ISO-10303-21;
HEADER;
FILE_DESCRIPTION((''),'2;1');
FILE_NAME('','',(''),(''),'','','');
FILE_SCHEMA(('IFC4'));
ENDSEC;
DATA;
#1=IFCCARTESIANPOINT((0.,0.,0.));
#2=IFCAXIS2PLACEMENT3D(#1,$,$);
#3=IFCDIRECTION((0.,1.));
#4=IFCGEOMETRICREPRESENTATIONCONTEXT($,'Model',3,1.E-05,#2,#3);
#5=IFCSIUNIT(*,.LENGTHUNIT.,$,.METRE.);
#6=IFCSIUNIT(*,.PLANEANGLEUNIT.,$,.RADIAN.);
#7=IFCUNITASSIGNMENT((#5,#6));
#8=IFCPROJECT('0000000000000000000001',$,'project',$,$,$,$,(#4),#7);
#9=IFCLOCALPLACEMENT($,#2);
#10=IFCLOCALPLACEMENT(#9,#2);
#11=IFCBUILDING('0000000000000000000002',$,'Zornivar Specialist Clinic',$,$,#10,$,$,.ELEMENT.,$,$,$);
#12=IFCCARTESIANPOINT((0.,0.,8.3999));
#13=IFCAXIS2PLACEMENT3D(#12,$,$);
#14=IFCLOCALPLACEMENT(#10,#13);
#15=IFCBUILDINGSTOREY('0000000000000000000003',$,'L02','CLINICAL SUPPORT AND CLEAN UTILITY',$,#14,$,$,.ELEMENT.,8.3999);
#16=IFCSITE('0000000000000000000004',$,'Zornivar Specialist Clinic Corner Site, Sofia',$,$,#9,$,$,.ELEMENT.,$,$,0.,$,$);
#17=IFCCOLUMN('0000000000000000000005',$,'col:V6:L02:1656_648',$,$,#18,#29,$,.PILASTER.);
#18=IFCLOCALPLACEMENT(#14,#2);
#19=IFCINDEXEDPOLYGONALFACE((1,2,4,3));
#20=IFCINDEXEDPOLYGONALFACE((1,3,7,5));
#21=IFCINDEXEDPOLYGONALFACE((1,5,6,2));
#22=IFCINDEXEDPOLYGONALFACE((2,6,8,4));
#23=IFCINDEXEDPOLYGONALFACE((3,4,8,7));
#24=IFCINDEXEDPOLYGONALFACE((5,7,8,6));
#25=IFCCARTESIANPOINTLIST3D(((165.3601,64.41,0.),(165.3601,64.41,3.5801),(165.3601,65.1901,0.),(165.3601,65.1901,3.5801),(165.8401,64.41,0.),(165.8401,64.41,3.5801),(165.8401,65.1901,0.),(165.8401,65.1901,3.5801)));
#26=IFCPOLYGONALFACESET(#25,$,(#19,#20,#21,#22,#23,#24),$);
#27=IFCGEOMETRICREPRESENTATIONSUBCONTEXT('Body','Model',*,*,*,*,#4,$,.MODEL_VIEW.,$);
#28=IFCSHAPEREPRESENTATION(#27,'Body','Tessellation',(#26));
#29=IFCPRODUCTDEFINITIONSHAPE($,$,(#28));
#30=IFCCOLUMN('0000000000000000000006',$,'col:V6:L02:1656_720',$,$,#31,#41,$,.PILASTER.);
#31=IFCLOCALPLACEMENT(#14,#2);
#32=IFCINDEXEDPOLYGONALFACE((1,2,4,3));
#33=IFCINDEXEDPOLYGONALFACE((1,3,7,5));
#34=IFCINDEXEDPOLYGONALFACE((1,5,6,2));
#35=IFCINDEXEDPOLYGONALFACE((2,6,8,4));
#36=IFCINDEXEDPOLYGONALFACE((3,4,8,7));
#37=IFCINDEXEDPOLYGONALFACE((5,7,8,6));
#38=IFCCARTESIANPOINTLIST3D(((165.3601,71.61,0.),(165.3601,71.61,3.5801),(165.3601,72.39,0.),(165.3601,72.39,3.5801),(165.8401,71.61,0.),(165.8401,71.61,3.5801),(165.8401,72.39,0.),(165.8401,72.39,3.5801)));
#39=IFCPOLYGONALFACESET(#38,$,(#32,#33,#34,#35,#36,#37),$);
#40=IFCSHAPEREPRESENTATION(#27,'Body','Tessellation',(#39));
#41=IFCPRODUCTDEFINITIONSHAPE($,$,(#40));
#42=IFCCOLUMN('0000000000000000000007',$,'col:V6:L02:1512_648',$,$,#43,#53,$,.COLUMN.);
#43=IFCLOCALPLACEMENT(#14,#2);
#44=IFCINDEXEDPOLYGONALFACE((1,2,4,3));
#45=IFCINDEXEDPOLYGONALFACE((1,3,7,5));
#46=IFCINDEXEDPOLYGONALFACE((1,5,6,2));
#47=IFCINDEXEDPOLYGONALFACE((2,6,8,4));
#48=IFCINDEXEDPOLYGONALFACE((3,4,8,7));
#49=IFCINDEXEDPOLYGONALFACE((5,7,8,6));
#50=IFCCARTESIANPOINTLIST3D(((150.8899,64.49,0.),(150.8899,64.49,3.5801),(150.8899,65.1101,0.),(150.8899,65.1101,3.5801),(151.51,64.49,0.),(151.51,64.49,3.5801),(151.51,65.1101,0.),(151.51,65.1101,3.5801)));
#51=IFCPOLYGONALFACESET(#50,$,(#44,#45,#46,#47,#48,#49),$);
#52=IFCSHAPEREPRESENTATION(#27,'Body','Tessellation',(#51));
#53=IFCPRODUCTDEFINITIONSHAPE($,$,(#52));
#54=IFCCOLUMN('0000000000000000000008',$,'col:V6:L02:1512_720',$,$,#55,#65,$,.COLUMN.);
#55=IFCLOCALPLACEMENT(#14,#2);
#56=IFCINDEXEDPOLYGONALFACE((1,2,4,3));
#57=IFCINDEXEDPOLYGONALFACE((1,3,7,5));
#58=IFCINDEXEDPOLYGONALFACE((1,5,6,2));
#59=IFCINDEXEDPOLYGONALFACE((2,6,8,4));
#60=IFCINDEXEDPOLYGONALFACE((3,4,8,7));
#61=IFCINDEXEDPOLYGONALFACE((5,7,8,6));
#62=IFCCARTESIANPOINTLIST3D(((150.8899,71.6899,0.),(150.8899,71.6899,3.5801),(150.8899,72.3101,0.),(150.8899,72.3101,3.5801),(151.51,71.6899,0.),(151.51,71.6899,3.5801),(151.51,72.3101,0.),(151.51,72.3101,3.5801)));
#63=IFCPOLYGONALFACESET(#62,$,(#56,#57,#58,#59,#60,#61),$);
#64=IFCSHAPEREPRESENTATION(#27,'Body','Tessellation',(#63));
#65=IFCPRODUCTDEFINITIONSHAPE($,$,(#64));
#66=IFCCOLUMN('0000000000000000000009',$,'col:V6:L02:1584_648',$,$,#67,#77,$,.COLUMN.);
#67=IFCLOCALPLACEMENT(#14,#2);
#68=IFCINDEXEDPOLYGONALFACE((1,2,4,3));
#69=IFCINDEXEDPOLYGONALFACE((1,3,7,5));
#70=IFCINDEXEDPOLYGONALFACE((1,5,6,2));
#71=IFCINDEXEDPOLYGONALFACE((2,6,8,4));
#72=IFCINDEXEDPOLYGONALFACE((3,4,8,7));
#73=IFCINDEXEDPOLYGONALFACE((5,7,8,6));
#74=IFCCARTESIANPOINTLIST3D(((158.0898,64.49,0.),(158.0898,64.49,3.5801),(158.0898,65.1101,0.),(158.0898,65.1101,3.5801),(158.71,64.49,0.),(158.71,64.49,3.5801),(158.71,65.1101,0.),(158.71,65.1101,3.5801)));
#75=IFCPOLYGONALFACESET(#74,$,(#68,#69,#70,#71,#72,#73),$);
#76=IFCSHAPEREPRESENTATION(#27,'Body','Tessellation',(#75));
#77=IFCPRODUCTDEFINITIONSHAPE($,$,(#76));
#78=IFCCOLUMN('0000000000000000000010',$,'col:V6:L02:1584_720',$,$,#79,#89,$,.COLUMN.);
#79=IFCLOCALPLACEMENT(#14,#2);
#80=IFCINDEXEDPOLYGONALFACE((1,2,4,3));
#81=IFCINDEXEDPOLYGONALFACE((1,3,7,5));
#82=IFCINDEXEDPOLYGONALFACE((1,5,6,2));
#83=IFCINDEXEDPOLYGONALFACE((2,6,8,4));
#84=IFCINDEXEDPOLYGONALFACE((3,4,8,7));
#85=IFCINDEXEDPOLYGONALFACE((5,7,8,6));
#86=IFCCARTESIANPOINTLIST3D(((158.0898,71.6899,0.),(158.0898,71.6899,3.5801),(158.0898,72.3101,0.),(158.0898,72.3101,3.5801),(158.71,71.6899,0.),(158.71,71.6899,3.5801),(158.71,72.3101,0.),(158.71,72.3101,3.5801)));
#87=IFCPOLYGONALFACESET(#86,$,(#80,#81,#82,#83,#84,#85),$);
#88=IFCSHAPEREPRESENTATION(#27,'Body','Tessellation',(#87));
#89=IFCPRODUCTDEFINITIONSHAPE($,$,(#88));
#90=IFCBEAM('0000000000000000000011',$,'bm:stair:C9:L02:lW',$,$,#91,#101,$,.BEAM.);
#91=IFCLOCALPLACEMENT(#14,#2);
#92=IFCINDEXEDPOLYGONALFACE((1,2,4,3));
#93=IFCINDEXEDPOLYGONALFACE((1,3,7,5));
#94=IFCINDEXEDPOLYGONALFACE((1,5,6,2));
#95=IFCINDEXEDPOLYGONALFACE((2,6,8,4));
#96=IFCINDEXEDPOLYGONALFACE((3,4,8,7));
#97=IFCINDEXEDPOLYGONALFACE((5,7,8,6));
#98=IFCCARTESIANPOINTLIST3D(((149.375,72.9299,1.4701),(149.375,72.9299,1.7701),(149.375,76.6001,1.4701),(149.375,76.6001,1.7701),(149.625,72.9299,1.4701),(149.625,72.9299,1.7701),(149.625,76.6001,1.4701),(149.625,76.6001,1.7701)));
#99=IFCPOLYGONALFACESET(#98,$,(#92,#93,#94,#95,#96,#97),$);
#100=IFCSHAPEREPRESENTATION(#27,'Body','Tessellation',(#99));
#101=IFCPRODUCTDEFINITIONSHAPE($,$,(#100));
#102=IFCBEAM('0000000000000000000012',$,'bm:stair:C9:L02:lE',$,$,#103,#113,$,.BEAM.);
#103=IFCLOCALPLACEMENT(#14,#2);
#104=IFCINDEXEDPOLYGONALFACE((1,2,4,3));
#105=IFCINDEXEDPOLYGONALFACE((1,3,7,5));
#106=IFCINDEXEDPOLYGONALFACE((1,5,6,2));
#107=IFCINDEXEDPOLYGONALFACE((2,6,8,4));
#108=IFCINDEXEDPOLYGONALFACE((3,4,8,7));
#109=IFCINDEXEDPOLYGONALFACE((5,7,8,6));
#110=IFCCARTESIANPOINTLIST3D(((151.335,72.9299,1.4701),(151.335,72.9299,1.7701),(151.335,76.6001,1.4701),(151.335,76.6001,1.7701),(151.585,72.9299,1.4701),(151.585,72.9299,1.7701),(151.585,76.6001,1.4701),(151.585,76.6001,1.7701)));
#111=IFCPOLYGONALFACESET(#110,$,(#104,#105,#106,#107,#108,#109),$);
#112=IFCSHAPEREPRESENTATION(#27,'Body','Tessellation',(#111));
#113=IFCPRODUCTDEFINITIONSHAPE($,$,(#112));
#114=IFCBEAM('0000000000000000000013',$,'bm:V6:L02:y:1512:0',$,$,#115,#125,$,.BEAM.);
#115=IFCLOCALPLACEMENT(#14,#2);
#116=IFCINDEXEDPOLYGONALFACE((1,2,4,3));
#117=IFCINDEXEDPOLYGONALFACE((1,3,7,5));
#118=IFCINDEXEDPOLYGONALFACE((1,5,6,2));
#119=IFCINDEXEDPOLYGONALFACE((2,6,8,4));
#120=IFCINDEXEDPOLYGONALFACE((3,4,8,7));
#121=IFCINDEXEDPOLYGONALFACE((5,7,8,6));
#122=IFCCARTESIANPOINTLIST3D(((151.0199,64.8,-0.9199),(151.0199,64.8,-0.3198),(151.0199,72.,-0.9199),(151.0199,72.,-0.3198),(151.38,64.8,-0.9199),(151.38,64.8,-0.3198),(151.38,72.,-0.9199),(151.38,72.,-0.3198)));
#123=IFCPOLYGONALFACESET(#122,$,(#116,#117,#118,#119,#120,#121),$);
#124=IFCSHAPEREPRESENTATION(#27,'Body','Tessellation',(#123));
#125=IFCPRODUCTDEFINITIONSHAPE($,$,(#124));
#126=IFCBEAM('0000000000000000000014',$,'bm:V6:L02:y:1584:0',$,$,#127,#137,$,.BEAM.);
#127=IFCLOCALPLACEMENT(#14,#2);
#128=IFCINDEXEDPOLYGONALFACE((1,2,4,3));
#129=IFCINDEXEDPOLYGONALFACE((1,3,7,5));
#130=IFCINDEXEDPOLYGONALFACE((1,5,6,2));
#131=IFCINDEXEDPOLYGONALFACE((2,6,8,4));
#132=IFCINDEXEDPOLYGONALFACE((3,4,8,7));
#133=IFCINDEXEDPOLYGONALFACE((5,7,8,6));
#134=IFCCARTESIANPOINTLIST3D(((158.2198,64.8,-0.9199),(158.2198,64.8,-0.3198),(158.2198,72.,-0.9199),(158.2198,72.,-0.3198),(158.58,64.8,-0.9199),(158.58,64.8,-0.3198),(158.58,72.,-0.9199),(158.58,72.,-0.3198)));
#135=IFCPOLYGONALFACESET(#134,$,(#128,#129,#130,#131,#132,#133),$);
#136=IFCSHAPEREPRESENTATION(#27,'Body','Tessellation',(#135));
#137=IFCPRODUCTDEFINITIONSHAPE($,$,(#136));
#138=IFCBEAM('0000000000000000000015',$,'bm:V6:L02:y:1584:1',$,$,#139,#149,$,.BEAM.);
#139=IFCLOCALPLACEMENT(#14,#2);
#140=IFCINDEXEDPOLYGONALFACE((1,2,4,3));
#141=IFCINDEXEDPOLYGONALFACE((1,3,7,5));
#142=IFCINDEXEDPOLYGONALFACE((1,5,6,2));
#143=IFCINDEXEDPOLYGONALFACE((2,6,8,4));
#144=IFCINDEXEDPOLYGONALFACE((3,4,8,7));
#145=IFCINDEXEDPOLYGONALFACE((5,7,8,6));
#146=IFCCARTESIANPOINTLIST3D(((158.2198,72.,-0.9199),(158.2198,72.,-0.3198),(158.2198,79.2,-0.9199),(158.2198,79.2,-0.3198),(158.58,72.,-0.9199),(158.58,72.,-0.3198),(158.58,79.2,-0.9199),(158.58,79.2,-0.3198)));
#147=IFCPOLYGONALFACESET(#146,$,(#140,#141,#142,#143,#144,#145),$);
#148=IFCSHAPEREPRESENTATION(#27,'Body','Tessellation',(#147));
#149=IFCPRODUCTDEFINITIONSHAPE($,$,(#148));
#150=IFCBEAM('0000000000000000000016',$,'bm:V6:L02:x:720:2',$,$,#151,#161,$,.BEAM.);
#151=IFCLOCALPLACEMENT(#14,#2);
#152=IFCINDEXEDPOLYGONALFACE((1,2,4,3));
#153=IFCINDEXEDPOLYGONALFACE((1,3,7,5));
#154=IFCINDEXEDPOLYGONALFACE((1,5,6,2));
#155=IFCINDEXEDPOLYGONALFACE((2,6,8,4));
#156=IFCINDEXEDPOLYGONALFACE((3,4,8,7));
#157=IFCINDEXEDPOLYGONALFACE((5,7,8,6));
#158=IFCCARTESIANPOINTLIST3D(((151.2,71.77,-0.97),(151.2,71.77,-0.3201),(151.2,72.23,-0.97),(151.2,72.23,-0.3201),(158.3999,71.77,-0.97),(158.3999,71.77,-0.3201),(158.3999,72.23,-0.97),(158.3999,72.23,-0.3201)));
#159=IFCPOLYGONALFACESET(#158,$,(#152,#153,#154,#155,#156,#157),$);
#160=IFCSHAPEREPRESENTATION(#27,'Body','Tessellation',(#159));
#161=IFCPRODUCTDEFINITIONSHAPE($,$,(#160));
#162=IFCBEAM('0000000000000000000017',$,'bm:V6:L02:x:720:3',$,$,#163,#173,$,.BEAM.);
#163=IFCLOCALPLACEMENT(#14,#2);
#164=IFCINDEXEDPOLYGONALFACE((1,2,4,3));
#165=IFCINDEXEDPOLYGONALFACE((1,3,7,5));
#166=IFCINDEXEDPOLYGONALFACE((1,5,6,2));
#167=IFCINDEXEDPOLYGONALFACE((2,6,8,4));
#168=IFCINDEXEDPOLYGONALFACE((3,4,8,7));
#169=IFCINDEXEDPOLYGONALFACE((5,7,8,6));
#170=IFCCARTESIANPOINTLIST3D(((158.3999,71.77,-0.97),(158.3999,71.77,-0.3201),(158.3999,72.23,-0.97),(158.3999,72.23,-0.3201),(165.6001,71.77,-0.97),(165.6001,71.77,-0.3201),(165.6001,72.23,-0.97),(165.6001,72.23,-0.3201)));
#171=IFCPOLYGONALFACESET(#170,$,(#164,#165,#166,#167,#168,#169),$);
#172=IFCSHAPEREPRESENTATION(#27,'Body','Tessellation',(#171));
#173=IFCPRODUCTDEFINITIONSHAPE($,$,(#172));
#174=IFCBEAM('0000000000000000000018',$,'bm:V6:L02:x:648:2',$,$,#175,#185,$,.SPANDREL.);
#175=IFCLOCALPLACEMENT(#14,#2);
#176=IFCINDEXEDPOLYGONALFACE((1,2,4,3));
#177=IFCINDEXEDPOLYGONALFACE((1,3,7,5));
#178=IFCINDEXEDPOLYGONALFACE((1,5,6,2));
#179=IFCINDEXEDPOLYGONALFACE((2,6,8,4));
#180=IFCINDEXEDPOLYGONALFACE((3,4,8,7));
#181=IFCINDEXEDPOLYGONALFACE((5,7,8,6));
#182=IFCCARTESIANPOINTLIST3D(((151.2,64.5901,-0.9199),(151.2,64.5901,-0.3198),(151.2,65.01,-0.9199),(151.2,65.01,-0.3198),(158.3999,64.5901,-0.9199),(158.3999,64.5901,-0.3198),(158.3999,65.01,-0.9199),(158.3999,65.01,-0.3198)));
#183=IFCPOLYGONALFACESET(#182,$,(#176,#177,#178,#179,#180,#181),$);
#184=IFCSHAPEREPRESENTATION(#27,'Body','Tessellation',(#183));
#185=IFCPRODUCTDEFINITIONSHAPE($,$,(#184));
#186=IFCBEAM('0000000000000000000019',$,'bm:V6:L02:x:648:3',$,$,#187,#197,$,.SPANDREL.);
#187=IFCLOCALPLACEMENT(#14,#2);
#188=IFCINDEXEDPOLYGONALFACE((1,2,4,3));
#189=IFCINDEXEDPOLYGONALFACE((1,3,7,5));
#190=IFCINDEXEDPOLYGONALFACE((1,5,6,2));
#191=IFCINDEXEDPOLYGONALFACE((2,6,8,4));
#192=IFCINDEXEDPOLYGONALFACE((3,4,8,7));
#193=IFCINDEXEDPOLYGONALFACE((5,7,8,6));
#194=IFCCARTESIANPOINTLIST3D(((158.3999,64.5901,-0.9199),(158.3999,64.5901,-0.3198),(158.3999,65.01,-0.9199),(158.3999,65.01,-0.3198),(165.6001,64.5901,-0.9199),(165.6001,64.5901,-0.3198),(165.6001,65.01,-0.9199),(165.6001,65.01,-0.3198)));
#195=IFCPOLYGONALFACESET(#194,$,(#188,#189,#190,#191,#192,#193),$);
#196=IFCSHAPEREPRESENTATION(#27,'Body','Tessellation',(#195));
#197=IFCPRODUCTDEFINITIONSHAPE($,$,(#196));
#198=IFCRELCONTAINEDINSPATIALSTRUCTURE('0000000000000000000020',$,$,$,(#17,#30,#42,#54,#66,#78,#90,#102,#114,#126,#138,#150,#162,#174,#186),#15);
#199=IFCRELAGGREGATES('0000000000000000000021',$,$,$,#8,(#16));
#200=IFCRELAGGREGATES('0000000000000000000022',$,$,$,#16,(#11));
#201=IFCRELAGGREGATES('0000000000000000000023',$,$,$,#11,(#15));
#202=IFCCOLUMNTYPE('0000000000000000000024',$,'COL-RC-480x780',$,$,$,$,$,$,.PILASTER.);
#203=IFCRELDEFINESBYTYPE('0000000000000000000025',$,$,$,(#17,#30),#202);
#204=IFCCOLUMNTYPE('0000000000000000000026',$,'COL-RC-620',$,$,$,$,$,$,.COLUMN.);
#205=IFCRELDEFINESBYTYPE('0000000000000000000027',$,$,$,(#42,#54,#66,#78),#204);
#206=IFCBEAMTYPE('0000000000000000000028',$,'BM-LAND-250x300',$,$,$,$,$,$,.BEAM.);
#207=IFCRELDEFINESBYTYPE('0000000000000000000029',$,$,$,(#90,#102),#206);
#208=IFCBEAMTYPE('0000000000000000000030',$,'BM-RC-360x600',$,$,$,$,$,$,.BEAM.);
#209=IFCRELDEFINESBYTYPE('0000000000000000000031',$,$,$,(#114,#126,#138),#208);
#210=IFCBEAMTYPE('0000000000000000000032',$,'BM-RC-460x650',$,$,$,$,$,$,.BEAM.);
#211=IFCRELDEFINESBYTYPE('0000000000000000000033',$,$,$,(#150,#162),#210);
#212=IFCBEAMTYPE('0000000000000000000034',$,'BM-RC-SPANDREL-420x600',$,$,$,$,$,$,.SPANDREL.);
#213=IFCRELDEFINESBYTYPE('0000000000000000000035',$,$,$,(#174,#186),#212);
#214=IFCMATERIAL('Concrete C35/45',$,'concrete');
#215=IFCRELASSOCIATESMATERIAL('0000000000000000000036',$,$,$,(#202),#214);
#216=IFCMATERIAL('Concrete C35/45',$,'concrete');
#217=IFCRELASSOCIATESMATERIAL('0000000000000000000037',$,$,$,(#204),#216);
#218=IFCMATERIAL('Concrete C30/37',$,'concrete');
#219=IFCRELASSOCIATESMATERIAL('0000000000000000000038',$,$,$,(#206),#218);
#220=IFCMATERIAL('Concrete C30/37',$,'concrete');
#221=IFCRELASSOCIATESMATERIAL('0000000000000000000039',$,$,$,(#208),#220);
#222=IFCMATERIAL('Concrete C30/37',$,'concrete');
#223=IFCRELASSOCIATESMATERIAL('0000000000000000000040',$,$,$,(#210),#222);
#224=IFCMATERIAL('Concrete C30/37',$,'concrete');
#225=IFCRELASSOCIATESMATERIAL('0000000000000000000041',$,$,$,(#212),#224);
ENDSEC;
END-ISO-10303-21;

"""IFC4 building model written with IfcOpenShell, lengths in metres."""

from ifc_helpers import new_model, si_unit, direction, frame, origin, origin_2d, place, context, subcontext, project, spatial, rectangle, extrude, material, material_profile, profile_set, type_object, element, save


model = new_model("IFC4")

# Units and contexts
model_context = context("Model", 3, precision=1e-05, world=origin(), true_north=direction((0.0, 1.0)))
body_context = subcontext(model_context, "Body", "Model", "MODEL_VIEW")
ifc_project = project(units=[si_unit("LENGTHUNIT", "METRE"), si_unit("PLANEANGLEUNIT", "RADIAN")], contexts=[model_context])

# Site, building, storey
site_placement = place(None, origin())
site = spatial("IfcSite", under=ifc_project, at=site_placement, Name="Zornivar Specialist Clinic Corner Site, Sofia", CompositionType="ELEMENT", RefElevation=0.0)
building_placement = place(site_placement, origin())
building = spatial("IfcBuilding", under=site, at=building_placement, Name="Zornivar Specialist Clinic", CompositionType="ELEMENT")
storey_placement = place(building_placement, frame((0.0, 0.0, 8.3999)))
storey = spatial("IfcBuildingStorey", under=building, at=storey_placement, Name="L02", Description="CLINICAL SUPPORT AND CLEAN UTILITY", CompositionType="ELEMENT", Elevation=8.3999)

# Columns
ifc_material_1 = material(Name="Concrete C35/45", Category="concrete")
ifc_material_profile_1 = material_profile(ifc_material_1, rectangle(XDim=0.48, YDim=0.78, at=origin_2d()), Name="RC 480x780")
ifc_profile_set_1 = profile_set([ifc_material_profile_1], Name="Concrete C35/45")
column_type_1 = type_object("IfcColumnType", Name="COL-RC-480x780", PredefinedType="PILASTER", material=ifc_profile_set_1)
for number, where, z_axis, x_axis, name in (
    (1, (165.6001, 64.8, 0.0), (0.0, 0.0, 1.0), (1.0, 0.0, 0.0), "col:V6:L02:1656_648"),
    (2, (165.6001, 72.0, 0.0), (0.0, 0.0, 1.0), (1.0, 0.0, 0.0), "col:V6:L02:1656_720"),
):
    element("IfcColumn", number, at=place(storey_placement, frame(where, z_axis=z_axis, x_axis=x_axis)), inside=storey, type_object=column_type_1, Name=name, PredefinedType="PILASTER", context=body_context, shape_type="SweptSolid", body=[
        extrude(rectangle(XDim=0.48, YDim=0.78, at=origin_2d()), origin(), (0.0, 0.0, 1.0), 3.5801),
    ])
ifc_material_2 = material(Name="Concrete C35/45", Category="concrete")
ifc_material_profile_2 = material_profile(ifc_material_2, rectangle(XDim=0.6201, YDim=0.6201, at=origin_2d()), Name="RC 620x620")
ifc_profile_set_2 = profile_set([ifc_material_profile_2], Name="Concrete C35/45")
column_type_2 = type_object("IfcColumnType", Name="COL-RC-620", PredefinedType="COLUMN", material=ifc_profile_set_2)
for number, where, z_axis, x_axis, name in (
    (3, (151.2, 64.8, 0.0), (0.0, 0.0, 1.0), (1.0, 0.0, 0.0), "col:V6:L02:1512_648"),
    (4, (151.2, 72.0, 0.0), (0.0, 0.0, 1.0), (1.0, 0.0, 0.0), "col:V6:L02:1512_720"),
    (5, (158.3999, 64.8, 0.0), (0.0, 0.0, 1.0), (1.0, 0.0, 0.0), "col:V6:L02:1584_648"),
    (6, (158.3999, 72.0, 0.0), (0.0, 0.0, 1.0), (1.0, 0.0, 0.0), "col:V6:L02:1584_720"),
):
    element("IfcColumn", number, at=place(storey_placement, frame(where, z_axis=z_axis, x_axis=x_axis)), inside=storey, type_object=column_type_2, Name=name, PredefinedType="COLUMN", context=body_context, shape_type="SweptSolid", body=[
        extrude(rectangle(XDim=0.6201, YDim=0.6201, at=origin_2d()), origin(), (0.0, 0.0, 1.0), 3.5801),
    ])

# Beams
ifc_material_3 = material(Name="Concrete C30/37", Category="concrete")
ifc_material_profile_3 = material_profile(ifc_material_3, rectangle(XDim=0.25, YDim=0.3, at=origin_2d()), Name="RC 250x300")
ifc_profile_set_3 = profile_set([ifc_material_profile_3], Name="Concrete C30/37")
beam_type_1 = type_object("IfcBeamType", Name="BM-LAND-250x300", PredefinedType="BEAM", material=ifc_profile_set_3)
for number, where, z_axis, x_axis, name in (
    (7, (149.5, 72.9299, 1.6201), (0.0, 1.0, 0.0), (-1.0, 0.0, 0.0), "bm:stair:C9:L02:lW"),
    (8, (151.46, 72.9299, 1.6201), (0.0, 1.0, 0.0), (-1.0, 0.0, 0.0), "bm:stair:C9:L02:lE"),
):
    element("IfcBeam", number, at=place(storey_placement, frame(where, z_axis=z_axis, x_axis=x_axis)), inside=storey, type_object=beam_type_1, Name=name, PredefinedType="BEAM", context=body_context, shape_type="SweptSolid", body=[
        extrude(rectangle(XDim=0.25, YDim=0.3, at=origin_2d()), origin(), (0.0, 0.0, 1.0), 3.6702),
    ])
ifc_material_4 = material(Name="Concrete C30/37", Category="concrete")
ifc_material_profile_4 = material_profile(ifc_material_4, rectangle(XDim=0.3601, YDim=0.6001, at=origin_2d()), Name="RC 360x600")
ifc_profile_set_4 = profile_set([ifc_material_profile_4], Name="Concrete C30/37")
beam_type_2 = type_object("IfcBeamType", Name="BM-RC-360x600", PredefinedType="BEAM", material=ifc_profile_set_4)
for number, where, z_axis, x_axis, name in (
    (9, (151.2, 64.8, -0.6199), (0.0, 1.0, 0.0), (-1.0, 0.0, 0.0), "bm:V6:L02:y:1512:0"),
    (10, (158.3999, 64.8, -0.6199), (0.0, 1.0, 0.0), (-1.0, 0.0, 0.0), "bm:V6:L02:y:1584:0"),
    (11, (158.3999, 72.0, -0.6199), (0.0, 1.0, 0.0), (-1.0, 0.0, 0.0), "bm:V6:L02:y:1584:1"),
):
    element("IfcBeam", number, at=place(storey_placement, frame(where, z_axis=z_axis, x_axis=x_axis)), inside=storey, type_object=beam_type_2, Name=name, PredefinedType="BEAM", context=body_context, shape_type="SweptSolid", body=[
        extrude(rectangle(XDim=0.3601, YDim=0.6001, at=origin_2d()), origin(), (0.0, 0.0, 1.0), 7.2),
    ])
ifc_material_5 = material(Name="Concrete C30/37", Category="concrete")
ifc_material_profile_5 = material_profile(ifc_material_5, rectangle(XDim=0.46, YDim=0.6499, at=origin_2d()), Name="RC 460x650")
ifc_profile_set_5 = profile_set([ifc_material_profile_5], Name="Concrete C30/37")
beam_type_3 = type_object("IfcBeamType", Name="BM-RC-460x650", PredefinedType="BEAM", material=ifc_profile_set_5)
beam_1_placement = place(storey_placement, frame((151.2, 72.0, -0.645), z_axis=(1.0, 0.0, 0.0), x_axis=(0.0, 1.0, 0.0)))
element("IfcBeam", 12, at=beam_1_placement, inside=storey, type_object=beam_type_3, Name="bm:V6:L02:x:720:2", PredefinedType="BEAM", context=body_context, shape_type="SweptSolid", body=[
    extrude(rectangle(XDim=0.46, YDim=0.6499, at=origin_2d()), origin(), (0.0, 0.0, 1.0), 7.2),
])
beam_2_placement = place(storey_placement, frame((158.3999, 72.0, -0.645), z_axis=(1.0, 0.0, 0.0), x_axis=(0.0, 1.0, 0.0)))
element("IfcBeam", 13, at=beam_2_placement, inside=storey, type_object=beam_type_3, Name="bm:V6:L02:x:720:3", PredefinedType="BEAM", context=body_context, shape_type="SweptSolid", body=[
    extrude(rectangle(XDim=0.46, YDim=0.6499, at=origin_2d()), origin(), (0.0, 0.0, 1.0), 7.2002),
])
ifc_material_6 = material(Name="Concrete C30/37", Category="concrete")
ifc_material_profile_6 = material_profile(ifc_material_6, rectangle(XDim=0.4199, YDim=0.6001, at=origin_2d()), Name="RC 420x600")
ifc_profile_set_6 = profile_set([ifc_material_profile_6], Name="Concrete C30/37")
beam_type_4 = type_object("IfcBeamType", Name="BM-RC-SPANDREL-420x600", PredefinedType="SPANDREL", material=ifc_profile_set_6)
beam_3_placement = place(storey_placement, frame((151.2, 64.8, -0.6199), z_axis=(1.0, 0.0, 0.0), x_axis=(0.0, 1.0, 0.0)))
element("IfcBeam", 14, at=beam_3_placement, inside=storey, type_object=beam_type_4, Name="bm:V6:L02:x:648:2", PredefinedType="SPANDREL", context=body_context, shape_type="SweptSolid", body=[
    extrude(rectangle(XDim=0.4199, YDim=0.6001, at=origin_2d()), origin(), (0.0, 0.0, 1.0), 7.2),
])
beam_4_placement = place(storey_placement, frame((158.3999, 64.8, -0.6199), z_axis=(1.0, 0.0, 0.0), x_axis=(0.0, 1.0, 0.0)))
element("IfcBeam", 15, at=beam_4_placement, inside=storey, type_object=beam_type_4, Name="bm:V6:L02:x:648:3", PredefinedType="SPANDREL", context=body_context, shape_type="SweptSolid", body=[
    extrude(rectangle(XDim=0.4199, YDim=0.6001, at=origin_2d()), origin(), (0.0, 0.0, 1.0), 7.2002),
])

save(model, "model.ifc")
